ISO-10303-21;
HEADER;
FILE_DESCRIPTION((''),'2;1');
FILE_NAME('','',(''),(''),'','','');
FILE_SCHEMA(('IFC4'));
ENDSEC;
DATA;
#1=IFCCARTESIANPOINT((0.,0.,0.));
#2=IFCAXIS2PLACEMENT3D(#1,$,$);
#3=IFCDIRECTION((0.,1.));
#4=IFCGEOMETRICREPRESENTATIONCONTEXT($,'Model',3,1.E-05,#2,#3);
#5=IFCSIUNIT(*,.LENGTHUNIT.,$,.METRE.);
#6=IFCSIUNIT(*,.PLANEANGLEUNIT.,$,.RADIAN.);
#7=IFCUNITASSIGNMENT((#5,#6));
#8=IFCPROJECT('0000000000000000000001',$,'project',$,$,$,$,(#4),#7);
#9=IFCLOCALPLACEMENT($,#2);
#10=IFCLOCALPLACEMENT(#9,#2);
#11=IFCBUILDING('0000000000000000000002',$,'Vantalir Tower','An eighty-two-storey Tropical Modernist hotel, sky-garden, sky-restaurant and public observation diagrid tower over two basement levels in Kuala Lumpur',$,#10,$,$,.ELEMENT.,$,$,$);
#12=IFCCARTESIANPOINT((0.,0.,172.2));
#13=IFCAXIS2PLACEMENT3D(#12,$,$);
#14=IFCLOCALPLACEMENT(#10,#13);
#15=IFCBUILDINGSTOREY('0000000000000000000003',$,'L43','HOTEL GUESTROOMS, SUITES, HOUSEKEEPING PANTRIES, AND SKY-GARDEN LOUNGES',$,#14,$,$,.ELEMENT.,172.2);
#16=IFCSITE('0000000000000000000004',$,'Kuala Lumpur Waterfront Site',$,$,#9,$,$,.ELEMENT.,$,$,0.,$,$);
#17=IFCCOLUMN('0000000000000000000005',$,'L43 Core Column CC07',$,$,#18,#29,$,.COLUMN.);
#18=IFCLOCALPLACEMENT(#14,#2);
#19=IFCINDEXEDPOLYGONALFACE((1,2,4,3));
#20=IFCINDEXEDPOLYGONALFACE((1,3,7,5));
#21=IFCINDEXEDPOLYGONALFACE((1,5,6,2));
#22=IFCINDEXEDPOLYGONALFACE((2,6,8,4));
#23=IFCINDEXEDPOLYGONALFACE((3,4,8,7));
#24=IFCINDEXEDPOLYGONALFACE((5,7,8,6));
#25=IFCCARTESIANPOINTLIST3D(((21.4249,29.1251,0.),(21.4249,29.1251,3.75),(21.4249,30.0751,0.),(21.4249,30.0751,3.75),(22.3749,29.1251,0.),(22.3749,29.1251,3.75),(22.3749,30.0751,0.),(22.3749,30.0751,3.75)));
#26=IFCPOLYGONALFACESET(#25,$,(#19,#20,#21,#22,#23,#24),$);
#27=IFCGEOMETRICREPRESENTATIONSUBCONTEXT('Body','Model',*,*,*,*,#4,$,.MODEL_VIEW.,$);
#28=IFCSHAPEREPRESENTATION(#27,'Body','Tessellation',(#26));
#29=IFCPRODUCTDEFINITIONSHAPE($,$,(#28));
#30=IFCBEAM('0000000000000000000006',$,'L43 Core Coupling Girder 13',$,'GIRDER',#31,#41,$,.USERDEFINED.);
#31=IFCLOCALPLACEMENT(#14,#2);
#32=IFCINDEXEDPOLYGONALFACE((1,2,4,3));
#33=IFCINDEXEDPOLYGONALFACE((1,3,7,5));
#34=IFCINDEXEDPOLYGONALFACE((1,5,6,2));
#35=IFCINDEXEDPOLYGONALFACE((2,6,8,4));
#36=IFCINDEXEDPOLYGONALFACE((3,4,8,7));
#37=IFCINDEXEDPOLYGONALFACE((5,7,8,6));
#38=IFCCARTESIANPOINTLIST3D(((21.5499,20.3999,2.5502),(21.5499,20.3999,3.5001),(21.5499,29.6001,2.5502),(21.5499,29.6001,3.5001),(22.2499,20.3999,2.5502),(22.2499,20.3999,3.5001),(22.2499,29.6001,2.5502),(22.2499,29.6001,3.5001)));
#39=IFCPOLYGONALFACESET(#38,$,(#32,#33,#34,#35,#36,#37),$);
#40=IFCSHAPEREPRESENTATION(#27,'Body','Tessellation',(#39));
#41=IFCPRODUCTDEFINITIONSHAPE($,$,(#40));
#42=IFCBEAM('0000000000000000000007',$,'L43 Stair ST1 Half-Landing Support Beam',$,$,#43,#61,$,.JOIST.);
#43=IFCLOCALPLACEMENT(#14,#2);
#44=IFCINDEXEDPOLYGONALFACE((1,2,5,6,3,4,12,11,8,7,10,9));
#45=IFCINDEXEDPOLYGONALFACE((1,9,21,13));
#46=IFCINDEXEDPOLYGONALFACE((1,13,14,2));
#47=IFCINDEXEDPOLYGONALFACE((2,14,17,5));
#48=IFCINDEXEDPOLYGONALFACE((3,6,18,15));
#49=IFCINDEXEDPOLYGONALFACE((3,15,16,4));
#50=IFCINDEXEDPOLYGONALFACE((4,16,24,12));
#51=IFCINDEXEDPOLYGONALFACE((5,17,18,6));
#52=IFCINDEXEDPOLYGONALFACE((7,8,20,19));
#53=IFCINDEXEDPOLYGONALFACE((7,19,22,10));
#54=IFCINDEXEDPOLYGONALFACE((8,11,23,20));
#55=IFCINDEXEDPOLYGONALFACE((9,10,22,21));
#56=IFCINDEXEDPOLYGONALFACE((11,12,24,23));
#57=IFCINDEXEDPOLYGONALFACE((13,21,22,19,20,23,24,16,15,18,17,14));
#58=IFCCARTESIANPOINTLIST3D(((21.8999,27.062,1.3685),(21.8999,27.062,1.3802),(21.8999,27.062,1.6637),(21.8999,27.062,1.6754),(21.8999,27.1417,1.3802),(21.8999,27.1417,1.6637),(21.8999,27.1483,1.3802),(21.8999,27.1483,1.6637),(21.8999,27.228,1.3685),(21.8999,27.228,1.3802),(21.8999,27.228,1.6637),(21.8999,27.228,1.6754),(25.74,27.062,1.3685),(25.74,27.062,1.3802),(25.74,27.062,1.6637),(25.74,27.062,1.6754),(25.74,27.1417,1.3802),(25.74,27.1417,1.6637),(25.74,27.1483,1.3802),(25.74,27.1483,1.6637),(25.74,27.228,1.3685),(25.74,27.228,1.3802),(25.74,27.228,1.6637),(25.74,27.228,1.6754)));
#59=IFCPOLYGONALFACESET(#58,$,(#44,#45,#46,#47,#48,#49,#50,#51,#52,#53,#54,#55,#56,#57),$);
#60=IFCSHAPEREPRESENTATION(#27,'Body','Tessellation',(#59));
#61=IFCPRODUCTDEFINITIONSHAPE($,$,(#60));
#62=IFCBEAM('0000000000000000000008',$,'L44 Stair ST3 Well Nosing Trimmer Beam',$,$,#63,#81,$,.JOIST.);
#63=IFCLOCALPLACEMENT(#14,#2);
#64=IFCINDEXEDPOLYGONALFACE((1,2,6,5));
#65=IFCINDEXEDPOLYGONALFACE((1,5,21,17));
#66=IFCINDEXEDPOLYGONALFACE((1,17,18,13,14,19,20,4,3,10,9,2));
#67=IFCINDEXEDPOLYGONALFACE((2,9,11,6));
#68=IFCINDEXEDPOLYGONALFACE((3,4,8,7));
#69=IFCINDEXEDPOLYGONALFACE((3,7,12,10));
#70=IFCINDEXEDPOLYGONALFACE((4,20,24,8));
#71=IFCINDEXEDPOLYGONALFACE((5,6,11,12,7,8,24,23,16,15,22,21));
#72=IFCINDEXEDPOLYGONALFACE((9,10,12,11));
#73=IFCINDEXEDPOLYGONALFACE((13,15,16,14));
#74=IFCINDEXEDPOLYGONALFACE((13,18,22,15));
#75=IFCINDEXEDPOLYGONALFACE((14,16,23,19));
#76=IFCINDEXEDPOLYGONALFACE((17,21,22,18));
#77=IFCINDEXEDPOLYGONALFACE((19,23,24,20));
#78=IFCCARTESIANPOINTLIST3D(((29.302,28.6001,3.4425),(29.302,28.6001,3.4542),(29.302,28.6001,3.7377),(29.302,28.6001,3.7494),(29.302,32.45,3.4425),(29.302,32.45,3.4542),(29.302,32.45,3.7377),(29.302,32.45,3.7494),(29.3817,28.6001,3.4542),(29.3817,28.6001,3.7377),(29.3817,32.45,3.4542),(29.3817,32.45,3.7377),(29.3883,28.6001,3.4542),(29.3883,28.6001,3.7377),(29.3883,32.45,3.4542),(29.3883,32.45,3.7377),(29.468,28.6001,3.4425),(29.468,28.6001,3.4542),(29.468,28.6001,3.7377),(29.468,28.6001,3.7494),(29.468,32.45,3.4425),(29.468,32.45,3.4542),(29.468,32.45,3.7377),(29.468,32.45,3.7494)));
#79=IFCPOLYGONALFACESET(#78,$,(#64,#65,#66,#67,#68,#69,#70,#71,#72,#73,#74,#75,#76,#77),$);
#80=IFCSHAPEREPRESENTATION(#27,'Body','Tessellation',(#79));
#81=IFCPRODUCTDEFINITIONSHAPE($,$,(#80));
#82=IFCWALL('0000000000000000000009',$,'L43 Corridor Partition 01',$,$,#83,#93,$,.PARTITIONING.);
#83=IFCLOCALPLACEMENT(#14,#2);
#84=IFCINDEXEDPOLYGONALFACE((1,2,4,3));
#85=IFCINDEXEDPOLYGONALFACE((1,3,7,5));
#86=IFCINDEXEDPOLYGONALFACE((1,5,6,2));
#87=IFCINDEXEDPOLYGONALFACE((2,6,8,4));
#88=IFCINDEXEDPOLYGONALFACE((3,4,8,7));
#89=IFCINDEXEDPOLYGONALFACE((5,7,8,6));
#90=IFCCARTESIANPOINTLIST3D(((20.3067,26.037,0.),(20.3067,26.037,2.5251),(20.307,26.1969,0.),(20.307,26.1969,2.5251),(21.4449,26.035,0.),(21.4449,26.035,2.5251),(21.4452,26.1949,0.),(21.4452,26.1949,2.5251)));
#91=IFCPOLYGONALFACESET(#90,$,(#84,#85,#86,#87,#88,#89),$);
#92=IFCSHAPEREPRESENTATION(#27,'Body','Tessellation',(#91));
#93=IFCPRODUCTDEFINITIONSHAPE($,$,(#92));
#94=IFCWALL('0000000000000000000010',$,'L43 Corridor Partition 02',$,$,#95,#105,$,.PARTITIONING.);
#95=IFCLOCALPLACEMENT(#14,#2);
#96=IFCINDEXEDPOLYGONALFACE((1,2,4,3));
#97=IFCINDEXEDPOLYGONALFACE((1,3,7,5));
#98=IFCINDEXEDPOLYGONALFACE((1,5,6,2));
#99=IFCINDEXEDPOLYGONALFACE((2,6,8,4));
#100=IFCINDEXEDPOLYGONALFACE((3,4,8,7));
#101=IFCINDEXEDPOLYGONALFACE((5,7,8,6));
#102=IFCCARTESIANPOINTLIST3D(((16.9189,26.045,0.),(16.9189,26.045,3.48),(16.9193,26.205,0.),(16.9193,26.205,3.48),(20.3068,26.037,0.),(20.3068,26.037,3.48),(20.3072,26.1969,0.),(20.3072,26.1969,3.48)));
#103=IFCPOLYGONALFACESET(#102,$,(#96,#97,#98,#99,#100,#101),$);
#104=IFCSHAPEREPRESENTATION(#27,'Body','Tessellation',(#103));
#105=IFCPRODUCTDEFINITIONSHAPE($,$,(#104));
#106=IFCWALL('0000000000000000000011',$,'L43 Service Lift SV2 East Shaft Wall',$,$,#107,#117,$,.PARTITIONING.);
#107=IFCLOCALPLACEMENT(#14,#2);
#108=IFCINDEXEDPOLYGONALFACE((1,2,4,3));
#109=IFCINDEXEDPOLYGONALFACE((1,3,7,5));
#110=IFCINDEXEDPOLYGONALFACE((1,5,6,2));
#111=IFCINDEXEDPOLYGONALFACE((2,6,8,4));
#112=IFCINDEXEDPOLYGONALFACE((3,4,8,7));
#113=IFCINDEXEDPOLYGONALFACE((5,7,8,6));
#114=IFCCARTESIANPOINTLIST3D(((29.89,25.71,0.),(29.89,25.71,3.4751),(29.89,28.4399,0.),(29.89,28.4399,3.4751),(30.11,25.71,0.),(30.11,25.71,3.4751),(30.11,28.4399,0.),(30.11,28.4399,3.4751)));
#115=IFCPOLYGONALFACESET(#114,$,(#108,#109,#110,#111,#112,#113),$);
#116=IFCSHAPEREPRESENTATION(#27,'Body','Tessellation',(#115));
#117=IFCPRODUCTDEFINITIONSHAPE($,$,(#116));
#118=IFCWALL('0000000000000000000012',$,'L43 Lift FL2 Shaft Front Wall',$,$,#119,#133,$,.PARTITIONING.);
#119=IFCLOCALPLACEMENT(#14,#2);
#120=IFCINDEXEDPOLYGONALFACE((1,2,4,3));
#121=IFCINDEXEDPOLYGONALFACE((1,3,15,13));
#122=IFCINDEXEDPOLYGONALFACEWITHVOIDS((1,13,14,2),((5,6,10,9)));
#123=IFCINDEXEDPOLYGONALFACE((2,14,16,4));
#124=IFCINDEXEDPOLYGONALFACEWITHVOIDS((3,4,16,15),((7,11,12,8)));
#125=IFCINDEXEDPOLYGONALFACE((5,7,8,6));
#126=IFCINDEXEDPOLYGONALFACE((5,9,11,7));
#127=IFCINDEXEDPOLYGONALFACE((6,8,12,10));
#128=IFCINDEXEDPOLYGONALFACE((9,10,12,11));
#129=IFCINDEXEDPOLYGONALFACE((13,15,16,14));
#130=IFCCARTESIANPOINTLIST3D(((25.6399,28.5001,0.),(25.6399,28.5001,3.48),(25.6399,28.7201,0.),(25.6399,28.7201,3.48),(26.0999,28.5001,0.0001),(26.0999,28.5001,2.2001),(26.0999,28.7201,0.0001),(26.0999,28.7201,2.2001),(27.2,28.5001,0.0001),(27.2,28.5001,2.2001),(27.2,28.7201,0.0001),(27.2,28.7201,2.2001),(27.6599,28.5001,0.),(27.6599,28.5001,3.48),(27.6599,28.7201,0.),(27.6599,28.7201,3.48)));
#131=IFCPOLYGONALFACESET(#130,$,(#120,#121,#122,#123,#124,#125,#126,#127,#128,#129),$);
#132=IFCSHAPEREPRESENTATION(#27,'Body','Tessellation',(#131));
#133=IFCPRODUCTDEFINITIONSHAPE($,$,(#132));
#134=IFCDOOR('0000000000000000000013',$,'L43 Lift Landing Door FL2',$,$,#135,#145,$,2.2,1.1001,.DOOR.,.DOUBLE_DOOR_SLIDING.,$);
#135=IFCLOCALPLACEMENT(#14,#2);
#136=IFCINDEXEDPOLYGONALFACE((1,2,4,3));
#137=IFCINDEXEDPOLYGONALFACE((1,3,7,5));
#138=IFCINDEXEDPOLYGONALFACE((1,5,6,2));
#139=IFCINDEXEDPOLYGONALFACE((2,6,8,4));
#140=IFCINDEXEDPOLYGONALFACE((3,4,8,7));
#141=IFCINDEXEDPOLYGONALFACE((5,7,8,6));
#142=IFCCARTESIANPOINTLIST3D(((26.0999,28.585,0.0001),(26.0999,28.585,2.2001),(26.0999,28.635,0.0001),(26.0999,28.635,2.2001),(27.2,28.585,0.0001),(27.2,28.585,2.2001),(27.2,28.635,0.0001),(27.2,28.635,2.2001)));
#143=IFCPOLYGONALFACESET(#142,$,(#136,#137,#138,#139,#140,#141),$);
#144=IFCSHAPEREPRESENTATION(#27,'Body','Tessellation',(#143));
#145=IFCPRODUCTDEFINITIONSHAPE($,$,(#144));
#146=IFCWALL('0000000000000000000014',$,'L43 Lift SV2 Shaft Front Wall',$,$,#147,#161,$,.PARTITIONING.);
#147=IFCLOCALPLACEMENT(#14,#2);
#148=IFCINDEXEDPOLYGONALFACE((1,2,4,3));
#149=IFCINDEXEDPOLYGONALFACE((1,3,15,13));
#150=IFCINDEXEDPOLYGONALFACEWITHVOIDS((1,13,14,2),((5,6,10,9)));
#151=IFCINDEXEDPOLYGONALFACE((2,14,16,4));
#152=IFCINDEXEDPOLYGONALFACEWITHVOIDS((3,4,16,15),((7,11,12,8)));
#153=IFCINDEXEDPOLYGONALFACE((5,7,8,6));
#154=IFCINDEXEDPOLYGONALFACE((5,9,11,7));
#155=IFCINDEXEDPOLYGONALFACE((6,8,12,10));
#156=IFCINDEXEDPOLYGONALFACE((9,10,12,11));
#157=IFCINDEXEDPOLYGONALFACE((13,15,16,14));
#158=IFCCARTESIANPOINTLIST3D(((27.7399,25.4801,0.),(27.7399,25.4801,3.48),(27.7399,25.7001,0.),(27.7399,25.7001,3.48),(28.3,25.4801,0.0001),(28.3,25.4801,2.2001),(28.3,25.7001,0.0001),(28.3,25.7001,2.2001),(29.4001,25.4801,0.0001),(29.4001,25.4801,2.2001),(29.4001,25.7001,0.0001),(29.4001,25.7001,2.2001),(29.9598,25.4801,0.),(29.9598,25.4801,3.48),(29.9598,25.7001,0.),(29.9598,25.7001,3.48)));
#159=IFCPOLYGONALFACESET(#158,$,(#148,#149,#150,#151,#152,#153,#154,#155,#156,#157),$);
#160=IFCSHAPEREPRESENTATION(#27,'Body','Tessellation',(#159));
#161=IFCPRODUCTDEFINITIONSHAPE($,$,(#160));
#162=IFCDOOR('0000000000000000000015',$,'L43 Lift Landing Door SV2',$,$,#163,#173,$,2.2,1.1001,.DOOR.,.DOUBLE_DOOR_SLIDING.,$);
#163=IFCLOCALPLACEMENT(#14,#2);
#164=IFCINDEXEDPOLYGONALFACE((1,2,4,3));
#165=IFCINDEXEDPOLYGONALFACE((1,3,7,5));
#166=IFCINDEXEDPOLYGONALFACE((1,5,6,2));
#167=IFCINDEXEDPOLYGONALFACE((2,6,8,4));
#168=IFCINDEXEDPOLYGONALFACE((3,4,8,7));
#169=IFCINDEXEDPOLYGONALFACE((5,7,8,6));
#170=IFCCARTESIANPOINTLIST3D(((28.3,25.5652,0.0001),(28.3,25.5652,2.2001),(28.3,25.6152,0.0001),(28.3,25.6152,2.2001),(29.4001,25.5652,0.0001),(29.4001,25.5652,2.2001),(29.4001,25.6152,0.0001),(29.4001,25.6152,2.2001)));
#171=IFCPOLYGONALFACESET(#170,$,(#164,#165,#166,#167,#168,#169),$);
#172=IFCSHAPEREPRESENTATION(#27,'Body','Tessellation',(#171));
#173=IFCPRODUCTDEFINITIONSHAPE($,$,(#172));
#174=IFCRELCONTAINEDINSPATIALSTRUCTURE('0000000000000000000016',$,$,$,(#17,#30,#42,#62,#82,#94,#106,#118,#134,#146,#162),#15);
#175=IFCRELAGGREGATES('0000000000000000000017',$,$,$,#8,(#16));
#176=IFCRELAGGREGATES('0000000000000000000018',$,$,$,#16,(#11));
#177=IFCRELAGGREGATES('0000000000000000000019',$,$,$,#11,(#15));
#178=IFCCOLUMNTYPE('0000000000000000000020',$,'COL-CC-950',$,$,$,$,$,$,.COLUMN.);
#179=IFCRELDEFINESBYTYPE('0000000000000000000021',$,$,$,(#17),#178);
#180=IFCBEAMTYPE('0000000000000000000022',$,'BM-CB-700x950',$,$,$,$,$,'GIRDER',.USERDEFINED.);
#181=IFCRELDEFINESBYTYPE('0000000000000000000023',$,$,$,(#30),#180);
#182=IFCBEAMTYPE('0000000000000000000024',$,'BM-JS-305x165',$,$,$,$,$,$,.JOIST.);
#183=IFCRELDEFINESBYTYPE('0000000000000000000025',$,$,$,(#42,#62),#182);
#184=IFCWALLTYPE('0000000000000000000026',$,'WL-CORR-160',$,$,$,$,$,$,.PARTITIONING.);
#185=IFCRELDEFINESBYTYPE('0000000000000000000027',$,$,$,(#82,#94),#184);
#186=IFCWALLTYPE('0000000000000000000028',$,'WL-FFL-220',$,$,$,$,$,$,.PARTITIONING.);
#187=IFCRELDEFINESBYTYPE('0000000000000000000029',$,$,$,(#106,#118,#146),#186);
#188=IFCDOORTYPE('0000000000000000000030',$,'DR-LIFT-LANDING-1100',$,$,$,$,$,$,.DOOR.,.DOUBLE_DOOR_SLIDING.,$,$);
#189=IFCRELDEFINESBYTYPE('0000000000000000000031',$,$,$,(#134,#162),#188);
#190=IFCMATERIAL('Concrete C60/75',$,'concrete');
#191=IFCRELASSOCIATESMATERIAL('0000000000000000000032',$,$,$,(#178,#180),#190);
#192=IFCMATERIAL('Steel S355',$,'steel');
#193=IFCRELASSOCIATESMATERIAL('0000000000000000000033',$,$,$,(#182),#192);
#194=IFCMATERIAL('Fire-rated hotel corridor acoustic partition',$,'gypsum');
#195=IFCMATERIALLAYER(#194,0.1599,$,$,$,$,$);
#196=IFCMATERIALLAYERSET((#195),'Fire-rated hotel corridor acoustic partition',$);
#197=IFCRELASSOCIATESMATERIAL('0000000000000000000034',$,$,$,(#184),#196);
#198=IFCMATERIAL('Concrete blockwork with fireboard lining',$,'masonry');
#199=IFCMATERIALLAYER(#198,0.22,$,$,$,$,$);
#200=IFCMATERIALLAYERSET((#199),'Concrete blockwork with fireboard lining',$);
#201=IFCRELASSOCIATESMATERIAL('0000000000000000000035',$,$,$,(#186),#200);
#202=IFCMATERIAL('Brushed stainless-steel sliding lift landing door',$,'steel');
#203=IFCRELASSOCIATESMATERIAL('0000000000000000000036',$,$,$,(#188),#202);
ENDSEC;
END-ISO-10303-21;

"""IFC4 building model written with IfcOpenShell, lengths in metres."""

from ifc_helpers import new_model, si_unit, direction, frame, frame_2d, origin, origin_2d, place, context, subcontext, project, spatial, rectangle, i_section, extrude, material, layer, layer_set, material_profile, profile_set, type_object, element, fill, save


model = new_model("IFC4")

# Units and contexts
model_context = context("Model", 3, precision=1e-05, world=origin(), true_north=direction((0.0, 1.0)))
body_context = subcontext(model_context, "Body", "Model", "MODEL_VIEW")
ifc_project = project(units=[si_unit("LENGTHUNIT", "METRE"), si_unit("PLANEANGLEUNIT", "RADIAN")], contexts=[model_context])

# Site, building, storey
site_placement = place(None, origin())
site = spatial("IfcSite", under=ifc_project, at=site_placement, Name="Kuala Lumpur Waterfront Site", CompositionType="ELEMENT", RefElevation=0.0)
building_placement = place(site_placement, origin())
building = spatial("IfcBuilding", under=site, at=building_placement, Name="Vantalir Tower", Description="An eighty-two-storey Tropical Modernist hotel, sky-garden, sky-restaurant and public observation diagrid tower over two basement levels in Kuala Lumpur", CompositionType="ELEMENT")
storey_placement = place(building_placement, frame((0.0, 0.0, 172.2)))
storey = spatial("IfcBuildingStorey", under=building, at=storey_placement, Name="L43", Description="HOTEL GUESTROOMS, SUITES, HOUSEKEEPING PANTRIES, AND SKY-GARDEN LOUNGES", CompositionType="ELEMENT", Elevation=172.2)

# Column
ifc_material_1 = material(Name="Concrete C60/75", Category="concrete")
ifc_material_profile_1 = material_profile(ifc_material_1, rectangle(XDim=0.95, YDim=0.95, at=origin_2d()), Name="Concrete C60/75")
ifc_profile_set_1 = profile_set([ifc_material_profile_1], Name="Concrete C60/75")
column_type = type_object("IfcColumnType", Name="COL-CC-950", PredefinedType="COLUMN", material=ifc_profile_set_1)
column_placement = place(storey_placement, frame((21.8999, 29.6001, 0.0), z_axis=(0.0, 0.0, 1.0), x_axis=(1.0, 0.0, 0.0)))
element("IfcColumn", 1, at=column_placement, inside=storey, type_object=column_type, Name="L43 Core Column CC07", PredefinedType="COLUMN", context=body_context, shape_type="SweptSolid", body=[
    extrude(rectangle(XDim=0.95, YDim=0.95, at=origin_2d()), origin(), (0.0, 0.0, 1.0), 3.75),
])

# Beams
ifc_material_profile_2 = material_profile(ifc_material_1, rectangle(XDim=0.7, YDim=0.95, at=origin_2d()), Name="Concrete C60/75")
ifc_profile_set_2 = profile_set([ifc_material_profile_2], Name="Concrete C60/75")
beam_type_1 = type_object("IfcBeamType", Name="BM-CB-700x950", ElementType="GIRDER", PredefinedType="USERDEFINED", material=ifc_profile_set_2)
beam_1_placement = place(storey_placement, frame((21.8999, 29.6001, 3.0251), z_axis=(0.0, -1.0, 0.0), x_axis=(1.0, 0.0, 0.0)))
element("IfcBeam", 2, at=beam_1_placement, inside=storey, type_object=beam_type_1, Name="L43 Core Coupling Girder 13", ObjectType="GIRDER", PredefinedType="USERDEFINED", context=body_context, shape_type="SweptSolid", body=[
    extrude(rectangle(XDim=0.7, YDim=0.95, at=origin_2d()), origin(), (0.0, 0.0, 1.0), 9.2002),
])
ifc_material_2 = material(Name="Steel S355", Category="steel")
ifc_material_profile_3 = material_profile(ifc_material_2, i_section(OverallWidth=0.166, OverallDepth=0.3069, WebThickness=0.0066, FlangeThickness=0.0117, at=origin_2d()), Name="Steel S355")
ifc_profile_set_3 = profile_set([ifc_material_profile_3], Name="Steel S355")
beam_type_2 = type_object("IfcBeamType", Name="BM-JS-305x165", PredefinedType="JOIST", material=ifc_profile_set_3)
beam_2_placement = place(storey_placement, frame((21.8999, 27.145, 1.522), z_axis=(1.0, 0.0, 0.0), x_axis=(0.0, 1.0, 0.0)))
element("IfcBeam", 3, at=beam_2_placement, inside=storey, type_object=beam_type_2, Name="L43 Stair ST1 Half-Landing Support Beam", PredefinedType="JOIST", context=body_context, shape_type="SweptSolid", body=[
    extrude(i_section(OverallWidth=0.166, OverallDepth=0.3069, WebThickness=0.0066, FlangeThickness=0.0117, at=origin_2d()), origin(), (0.0, 0.0, 1.0), 3.8401),
])
beam_3_placement = place(storey_placement, frame((29.385, 28.6001, 3.5959), z_axis=(0.0, 1.0, 0.0), x_axis=(-1.0, 0.0, 0.0)))
element("IfcBeam", 4, at=beam_3_placement, inside=storey, type_object=beam_type_2, Name="L44 Stair ST3 Well Nosing Trimmer Beam", PredefinedType="JOIST", context=body_context, shape_type="SweptSolid", body=[
    extrude(i_section(OverallWidth=0.166, OverallDepth=0.3069, WebThickness=0.0066, FlangeThickness=0.0117, at=origin_2d()), origin(), (0.0, 0.0, 1.0), 3.8499),
])

# Walls
ifc_material_3 = material(Name="Fire-rated hotel corridor acoustic partition", Category="gypsum")
ifc_layer_1 = layer(ifc_material_3, 0.1599)
ifc_layer_set_1 = layer_set([ifc_layer_1], Name="Fire-rated hotel corridor acoustic partition")
wall_type_1 = type_object("IfcWallType", Name="WL-CORR-160", PredefinedType="PARTITIONING", material=ifc_layer_set_1)
wall_1_placement = place(storey_placement, frame((21.4451, 26.115, 0.0), z_axis=(0.0, 0.0, 1.0), x_axis=(-0.999999, 0.001716, 0.0)))
element("IfcWall", 5, at=wall_1_placement, inside=storey, type_object=wall_type_1, Name="L43 Corridor Partition 01", PredefinedType="PARTITIONING", context=body_context, shape_type="SweptSolid", body=[
    extrude(rectangle(XDim=1.1382, YDim=0.1599, at=frame_2d((0.5691, 0.0))), origin(), (0.0, 0.0, 1.0), 2.5251),
])
wall_2_placement = place(storey_placement, frame((20.3069, 26.1169, 0.0), z_axis=(0.0, 0.0, 1.0), x_axis=(-0.999997, 0.002378, 0.0)))
element("IfcWall", 6, at=wall_2_placement, inside=storey, type_object=wall_type_1, Name="L43 Corridor Partition 02", PredefinedType="PARTITIONING", context=body_context, shape_type="SweptSolid", body=[
    extrude(rectangle(XDim=3.3879, YDim=0.1599, at=frame_2d((1.6938, 0.0))), origin(), (0.0, 0.0, 1.0), 3.48),
])
ifc_material_4 = material(Name="Concrete blockwork with fireboard lining", Category="masonry")
ifc_layer_2 = layer(ifc_material_4, 0.22)
ifc_layer_set_2 = layer_set([ifc_layer_2], Name="Concrete blockwork with fireboard lining")
wall_type_2 = type_object("IfcWallType", Name="WL-FFL-220", PredefinedType="PARTITIONING", material=ifc_layer_set_2)
wall_3_placement = place(storey_placement, frame((30.0, 25.71, 0.0), z_axis=(0.0, 0.0, 1.0), x_axis=(0.0, 1.0, 0.0)))
element("IfcWall", 7, at=wall_3_placement, inside=storey, type_object=wall_type_2, Name="L43 Service Lift SV2 East Shaft Wall", PredefinedType="PARTITIONING", context=body_context, shape_type="SweptSolid", body=[
    extrude(rectangle(XDim=2.73, YDim=0.22, at=frame_2d((1.365, 0.0))), origin(), (0.0, 0.0, 1.0), 3.4751),
])

# Walls, openings, doors
wall_4_placement = place(storey_placement, frame((25.6399, 28.6101, 0.0), z_axis=(0.0, 0.0, 1.0), x_axis=(1.0, 0.0, 0.0)))
wall_4 = element("IfcWall", 8, at=wall_4_placement, inside=storey, type_object=wall_type_2, Name="L43 Lift FL2 Shaft Front Wall", PredefinedType="PARTITIONING", context=body_context, shape_type="SweptSolid", body=[
    extrude(rectangle(XDim=2.02, YDim=0.22, at=frame_2d((1.01, 0.0))), origin(), (0.0, 0.0, 1.0), 3.48),
])
opening_1_placement = place(wall_4_placement, frame((0.46, 0.0, 0.0)))
opening_1 = element("IfcOpeningElement", 9, at=opening_1_placement, cuts=wall_4, PredefinedType="OPENING", context=body_context, shape_type="SweptSolid", body=[
    extrude(rectangle(XDim=1.1001, YDim=2.2, at=frame_2d((0.55, 1.1001))), frame((0.0, 0.1199, 0.0), z_axis=(0.0, -1.0, 0.0), x_axis=(1.0, 0.0, 0.0)), (0.0, 0.0, 1.0), 0.24),
])
ifc_material_5 = material(Name="Brushed stainless-steel sliding lift landing door", Category="steel")
door_type_1 = type_object("IfcDoorType", Name="DR-LIFT-LANDING-1100", OperationType="DOUBLE_DOOR_SLIDING", PredefinedType="DOOR", material=ifc_material_5)
door_1_placement = place(opening_1_placement, origin())
door_1 = element("IfcDoor", 10, at=door_1_placement, inside=storey, type_object=door_type_1, Name="L43 Lift Landing Door FL2", OperationType="DOUBLE_DOOR_SLIDING", OverallHeight=2.2, OverallWidth=1.1001, PredefinedType="DOOR", context=body_context, shape_type="SweptSolid", body=[
    extrude(rectangle(XDim=1.1001, YDim=2.2, at=frame_2d((0.55, 1.1001))), frame((0.0, 0.0249, 0.0), z_axis=(0.0, -1.0, 0.0), x_axis=(1.0, 0.0, 0.0)), (0.0, 0.0, 1.0), 0.05),
])
fill(opening_1, door_1)
wall_5_placement = place(storey_placement, frame((27.74, 25.5901, 0.0), z_axis=(0.0, 0.0, 1.0), x_axis=(1.0, 0.0, 0.0)))
wall_5 = element("IfcWall", 11, at=wall_5_placement, inside=storey, type_object=wall_type_2, Name="L43 Lift SV2 Shaft Front Wall", PredefinedType="PARTITIONING", context=body_context, shape_type="SweptSolid", body=[
    extrude(rectangle(XDim=2.22, YDim=0.22, at=frame_2d((1.1099, 0.0))), origin(), (0.0, 0.0, 1.0), 3.48),
])
opening_2_placement = place(wall_5_placement, frame((0.5601, 0.0, 0.0)))
opening_2 = element("IfcOpeningElement", 12, at=opening_2_placement, cuts=wall_5, PredefinedType="OPENING", context=body_context, shape_type="SweptSolid", body=[
    extrude(rectangle(XDim=1.1001, YDim=2.2, at=frame_2d((0.55, 1.1001))), frame((0.0, 0.1199, 0.0), z_axis=(0.0, -1.0, 0.0), x_axis=(1.0, 0.0, 0.0)), (0.0, 0.0, 1.0), 0.24),
])
door_2_placement = place(opening_2_placement, frame((1.1001, 0.0, 0.0), z_axis=(0.0, 0.0, 1.0), x_axis=(-1.0, 0.0, 0.0)))
door_2 = element("IfcDoor", 13, at=door_2_placement, inside=storey, type_object=door_type_1, Name="L43 Lift Landing Door SV2", OperationType="DOUBLE_DOOR_SLIDING", OverallHeight=2.2, OverallWidth=1.1001, PredefinedType="DOOR", context=body_context, shape_type="SweptSolid", body=[
    extrude(rectangle(XDim=1.1001, YDim=2.2, at=frame_2d((0.55, 1.1001))), frame((0.0, 0.0249, 0.0), z_axis=(0.0, -1.0, 0.0), x_axis=(1.0, 0.0, 0.0)), (0.0, 0.0, 1.0), 0.05),
])
fill(opening_2, door_2)

save(model, "model.ifc")
